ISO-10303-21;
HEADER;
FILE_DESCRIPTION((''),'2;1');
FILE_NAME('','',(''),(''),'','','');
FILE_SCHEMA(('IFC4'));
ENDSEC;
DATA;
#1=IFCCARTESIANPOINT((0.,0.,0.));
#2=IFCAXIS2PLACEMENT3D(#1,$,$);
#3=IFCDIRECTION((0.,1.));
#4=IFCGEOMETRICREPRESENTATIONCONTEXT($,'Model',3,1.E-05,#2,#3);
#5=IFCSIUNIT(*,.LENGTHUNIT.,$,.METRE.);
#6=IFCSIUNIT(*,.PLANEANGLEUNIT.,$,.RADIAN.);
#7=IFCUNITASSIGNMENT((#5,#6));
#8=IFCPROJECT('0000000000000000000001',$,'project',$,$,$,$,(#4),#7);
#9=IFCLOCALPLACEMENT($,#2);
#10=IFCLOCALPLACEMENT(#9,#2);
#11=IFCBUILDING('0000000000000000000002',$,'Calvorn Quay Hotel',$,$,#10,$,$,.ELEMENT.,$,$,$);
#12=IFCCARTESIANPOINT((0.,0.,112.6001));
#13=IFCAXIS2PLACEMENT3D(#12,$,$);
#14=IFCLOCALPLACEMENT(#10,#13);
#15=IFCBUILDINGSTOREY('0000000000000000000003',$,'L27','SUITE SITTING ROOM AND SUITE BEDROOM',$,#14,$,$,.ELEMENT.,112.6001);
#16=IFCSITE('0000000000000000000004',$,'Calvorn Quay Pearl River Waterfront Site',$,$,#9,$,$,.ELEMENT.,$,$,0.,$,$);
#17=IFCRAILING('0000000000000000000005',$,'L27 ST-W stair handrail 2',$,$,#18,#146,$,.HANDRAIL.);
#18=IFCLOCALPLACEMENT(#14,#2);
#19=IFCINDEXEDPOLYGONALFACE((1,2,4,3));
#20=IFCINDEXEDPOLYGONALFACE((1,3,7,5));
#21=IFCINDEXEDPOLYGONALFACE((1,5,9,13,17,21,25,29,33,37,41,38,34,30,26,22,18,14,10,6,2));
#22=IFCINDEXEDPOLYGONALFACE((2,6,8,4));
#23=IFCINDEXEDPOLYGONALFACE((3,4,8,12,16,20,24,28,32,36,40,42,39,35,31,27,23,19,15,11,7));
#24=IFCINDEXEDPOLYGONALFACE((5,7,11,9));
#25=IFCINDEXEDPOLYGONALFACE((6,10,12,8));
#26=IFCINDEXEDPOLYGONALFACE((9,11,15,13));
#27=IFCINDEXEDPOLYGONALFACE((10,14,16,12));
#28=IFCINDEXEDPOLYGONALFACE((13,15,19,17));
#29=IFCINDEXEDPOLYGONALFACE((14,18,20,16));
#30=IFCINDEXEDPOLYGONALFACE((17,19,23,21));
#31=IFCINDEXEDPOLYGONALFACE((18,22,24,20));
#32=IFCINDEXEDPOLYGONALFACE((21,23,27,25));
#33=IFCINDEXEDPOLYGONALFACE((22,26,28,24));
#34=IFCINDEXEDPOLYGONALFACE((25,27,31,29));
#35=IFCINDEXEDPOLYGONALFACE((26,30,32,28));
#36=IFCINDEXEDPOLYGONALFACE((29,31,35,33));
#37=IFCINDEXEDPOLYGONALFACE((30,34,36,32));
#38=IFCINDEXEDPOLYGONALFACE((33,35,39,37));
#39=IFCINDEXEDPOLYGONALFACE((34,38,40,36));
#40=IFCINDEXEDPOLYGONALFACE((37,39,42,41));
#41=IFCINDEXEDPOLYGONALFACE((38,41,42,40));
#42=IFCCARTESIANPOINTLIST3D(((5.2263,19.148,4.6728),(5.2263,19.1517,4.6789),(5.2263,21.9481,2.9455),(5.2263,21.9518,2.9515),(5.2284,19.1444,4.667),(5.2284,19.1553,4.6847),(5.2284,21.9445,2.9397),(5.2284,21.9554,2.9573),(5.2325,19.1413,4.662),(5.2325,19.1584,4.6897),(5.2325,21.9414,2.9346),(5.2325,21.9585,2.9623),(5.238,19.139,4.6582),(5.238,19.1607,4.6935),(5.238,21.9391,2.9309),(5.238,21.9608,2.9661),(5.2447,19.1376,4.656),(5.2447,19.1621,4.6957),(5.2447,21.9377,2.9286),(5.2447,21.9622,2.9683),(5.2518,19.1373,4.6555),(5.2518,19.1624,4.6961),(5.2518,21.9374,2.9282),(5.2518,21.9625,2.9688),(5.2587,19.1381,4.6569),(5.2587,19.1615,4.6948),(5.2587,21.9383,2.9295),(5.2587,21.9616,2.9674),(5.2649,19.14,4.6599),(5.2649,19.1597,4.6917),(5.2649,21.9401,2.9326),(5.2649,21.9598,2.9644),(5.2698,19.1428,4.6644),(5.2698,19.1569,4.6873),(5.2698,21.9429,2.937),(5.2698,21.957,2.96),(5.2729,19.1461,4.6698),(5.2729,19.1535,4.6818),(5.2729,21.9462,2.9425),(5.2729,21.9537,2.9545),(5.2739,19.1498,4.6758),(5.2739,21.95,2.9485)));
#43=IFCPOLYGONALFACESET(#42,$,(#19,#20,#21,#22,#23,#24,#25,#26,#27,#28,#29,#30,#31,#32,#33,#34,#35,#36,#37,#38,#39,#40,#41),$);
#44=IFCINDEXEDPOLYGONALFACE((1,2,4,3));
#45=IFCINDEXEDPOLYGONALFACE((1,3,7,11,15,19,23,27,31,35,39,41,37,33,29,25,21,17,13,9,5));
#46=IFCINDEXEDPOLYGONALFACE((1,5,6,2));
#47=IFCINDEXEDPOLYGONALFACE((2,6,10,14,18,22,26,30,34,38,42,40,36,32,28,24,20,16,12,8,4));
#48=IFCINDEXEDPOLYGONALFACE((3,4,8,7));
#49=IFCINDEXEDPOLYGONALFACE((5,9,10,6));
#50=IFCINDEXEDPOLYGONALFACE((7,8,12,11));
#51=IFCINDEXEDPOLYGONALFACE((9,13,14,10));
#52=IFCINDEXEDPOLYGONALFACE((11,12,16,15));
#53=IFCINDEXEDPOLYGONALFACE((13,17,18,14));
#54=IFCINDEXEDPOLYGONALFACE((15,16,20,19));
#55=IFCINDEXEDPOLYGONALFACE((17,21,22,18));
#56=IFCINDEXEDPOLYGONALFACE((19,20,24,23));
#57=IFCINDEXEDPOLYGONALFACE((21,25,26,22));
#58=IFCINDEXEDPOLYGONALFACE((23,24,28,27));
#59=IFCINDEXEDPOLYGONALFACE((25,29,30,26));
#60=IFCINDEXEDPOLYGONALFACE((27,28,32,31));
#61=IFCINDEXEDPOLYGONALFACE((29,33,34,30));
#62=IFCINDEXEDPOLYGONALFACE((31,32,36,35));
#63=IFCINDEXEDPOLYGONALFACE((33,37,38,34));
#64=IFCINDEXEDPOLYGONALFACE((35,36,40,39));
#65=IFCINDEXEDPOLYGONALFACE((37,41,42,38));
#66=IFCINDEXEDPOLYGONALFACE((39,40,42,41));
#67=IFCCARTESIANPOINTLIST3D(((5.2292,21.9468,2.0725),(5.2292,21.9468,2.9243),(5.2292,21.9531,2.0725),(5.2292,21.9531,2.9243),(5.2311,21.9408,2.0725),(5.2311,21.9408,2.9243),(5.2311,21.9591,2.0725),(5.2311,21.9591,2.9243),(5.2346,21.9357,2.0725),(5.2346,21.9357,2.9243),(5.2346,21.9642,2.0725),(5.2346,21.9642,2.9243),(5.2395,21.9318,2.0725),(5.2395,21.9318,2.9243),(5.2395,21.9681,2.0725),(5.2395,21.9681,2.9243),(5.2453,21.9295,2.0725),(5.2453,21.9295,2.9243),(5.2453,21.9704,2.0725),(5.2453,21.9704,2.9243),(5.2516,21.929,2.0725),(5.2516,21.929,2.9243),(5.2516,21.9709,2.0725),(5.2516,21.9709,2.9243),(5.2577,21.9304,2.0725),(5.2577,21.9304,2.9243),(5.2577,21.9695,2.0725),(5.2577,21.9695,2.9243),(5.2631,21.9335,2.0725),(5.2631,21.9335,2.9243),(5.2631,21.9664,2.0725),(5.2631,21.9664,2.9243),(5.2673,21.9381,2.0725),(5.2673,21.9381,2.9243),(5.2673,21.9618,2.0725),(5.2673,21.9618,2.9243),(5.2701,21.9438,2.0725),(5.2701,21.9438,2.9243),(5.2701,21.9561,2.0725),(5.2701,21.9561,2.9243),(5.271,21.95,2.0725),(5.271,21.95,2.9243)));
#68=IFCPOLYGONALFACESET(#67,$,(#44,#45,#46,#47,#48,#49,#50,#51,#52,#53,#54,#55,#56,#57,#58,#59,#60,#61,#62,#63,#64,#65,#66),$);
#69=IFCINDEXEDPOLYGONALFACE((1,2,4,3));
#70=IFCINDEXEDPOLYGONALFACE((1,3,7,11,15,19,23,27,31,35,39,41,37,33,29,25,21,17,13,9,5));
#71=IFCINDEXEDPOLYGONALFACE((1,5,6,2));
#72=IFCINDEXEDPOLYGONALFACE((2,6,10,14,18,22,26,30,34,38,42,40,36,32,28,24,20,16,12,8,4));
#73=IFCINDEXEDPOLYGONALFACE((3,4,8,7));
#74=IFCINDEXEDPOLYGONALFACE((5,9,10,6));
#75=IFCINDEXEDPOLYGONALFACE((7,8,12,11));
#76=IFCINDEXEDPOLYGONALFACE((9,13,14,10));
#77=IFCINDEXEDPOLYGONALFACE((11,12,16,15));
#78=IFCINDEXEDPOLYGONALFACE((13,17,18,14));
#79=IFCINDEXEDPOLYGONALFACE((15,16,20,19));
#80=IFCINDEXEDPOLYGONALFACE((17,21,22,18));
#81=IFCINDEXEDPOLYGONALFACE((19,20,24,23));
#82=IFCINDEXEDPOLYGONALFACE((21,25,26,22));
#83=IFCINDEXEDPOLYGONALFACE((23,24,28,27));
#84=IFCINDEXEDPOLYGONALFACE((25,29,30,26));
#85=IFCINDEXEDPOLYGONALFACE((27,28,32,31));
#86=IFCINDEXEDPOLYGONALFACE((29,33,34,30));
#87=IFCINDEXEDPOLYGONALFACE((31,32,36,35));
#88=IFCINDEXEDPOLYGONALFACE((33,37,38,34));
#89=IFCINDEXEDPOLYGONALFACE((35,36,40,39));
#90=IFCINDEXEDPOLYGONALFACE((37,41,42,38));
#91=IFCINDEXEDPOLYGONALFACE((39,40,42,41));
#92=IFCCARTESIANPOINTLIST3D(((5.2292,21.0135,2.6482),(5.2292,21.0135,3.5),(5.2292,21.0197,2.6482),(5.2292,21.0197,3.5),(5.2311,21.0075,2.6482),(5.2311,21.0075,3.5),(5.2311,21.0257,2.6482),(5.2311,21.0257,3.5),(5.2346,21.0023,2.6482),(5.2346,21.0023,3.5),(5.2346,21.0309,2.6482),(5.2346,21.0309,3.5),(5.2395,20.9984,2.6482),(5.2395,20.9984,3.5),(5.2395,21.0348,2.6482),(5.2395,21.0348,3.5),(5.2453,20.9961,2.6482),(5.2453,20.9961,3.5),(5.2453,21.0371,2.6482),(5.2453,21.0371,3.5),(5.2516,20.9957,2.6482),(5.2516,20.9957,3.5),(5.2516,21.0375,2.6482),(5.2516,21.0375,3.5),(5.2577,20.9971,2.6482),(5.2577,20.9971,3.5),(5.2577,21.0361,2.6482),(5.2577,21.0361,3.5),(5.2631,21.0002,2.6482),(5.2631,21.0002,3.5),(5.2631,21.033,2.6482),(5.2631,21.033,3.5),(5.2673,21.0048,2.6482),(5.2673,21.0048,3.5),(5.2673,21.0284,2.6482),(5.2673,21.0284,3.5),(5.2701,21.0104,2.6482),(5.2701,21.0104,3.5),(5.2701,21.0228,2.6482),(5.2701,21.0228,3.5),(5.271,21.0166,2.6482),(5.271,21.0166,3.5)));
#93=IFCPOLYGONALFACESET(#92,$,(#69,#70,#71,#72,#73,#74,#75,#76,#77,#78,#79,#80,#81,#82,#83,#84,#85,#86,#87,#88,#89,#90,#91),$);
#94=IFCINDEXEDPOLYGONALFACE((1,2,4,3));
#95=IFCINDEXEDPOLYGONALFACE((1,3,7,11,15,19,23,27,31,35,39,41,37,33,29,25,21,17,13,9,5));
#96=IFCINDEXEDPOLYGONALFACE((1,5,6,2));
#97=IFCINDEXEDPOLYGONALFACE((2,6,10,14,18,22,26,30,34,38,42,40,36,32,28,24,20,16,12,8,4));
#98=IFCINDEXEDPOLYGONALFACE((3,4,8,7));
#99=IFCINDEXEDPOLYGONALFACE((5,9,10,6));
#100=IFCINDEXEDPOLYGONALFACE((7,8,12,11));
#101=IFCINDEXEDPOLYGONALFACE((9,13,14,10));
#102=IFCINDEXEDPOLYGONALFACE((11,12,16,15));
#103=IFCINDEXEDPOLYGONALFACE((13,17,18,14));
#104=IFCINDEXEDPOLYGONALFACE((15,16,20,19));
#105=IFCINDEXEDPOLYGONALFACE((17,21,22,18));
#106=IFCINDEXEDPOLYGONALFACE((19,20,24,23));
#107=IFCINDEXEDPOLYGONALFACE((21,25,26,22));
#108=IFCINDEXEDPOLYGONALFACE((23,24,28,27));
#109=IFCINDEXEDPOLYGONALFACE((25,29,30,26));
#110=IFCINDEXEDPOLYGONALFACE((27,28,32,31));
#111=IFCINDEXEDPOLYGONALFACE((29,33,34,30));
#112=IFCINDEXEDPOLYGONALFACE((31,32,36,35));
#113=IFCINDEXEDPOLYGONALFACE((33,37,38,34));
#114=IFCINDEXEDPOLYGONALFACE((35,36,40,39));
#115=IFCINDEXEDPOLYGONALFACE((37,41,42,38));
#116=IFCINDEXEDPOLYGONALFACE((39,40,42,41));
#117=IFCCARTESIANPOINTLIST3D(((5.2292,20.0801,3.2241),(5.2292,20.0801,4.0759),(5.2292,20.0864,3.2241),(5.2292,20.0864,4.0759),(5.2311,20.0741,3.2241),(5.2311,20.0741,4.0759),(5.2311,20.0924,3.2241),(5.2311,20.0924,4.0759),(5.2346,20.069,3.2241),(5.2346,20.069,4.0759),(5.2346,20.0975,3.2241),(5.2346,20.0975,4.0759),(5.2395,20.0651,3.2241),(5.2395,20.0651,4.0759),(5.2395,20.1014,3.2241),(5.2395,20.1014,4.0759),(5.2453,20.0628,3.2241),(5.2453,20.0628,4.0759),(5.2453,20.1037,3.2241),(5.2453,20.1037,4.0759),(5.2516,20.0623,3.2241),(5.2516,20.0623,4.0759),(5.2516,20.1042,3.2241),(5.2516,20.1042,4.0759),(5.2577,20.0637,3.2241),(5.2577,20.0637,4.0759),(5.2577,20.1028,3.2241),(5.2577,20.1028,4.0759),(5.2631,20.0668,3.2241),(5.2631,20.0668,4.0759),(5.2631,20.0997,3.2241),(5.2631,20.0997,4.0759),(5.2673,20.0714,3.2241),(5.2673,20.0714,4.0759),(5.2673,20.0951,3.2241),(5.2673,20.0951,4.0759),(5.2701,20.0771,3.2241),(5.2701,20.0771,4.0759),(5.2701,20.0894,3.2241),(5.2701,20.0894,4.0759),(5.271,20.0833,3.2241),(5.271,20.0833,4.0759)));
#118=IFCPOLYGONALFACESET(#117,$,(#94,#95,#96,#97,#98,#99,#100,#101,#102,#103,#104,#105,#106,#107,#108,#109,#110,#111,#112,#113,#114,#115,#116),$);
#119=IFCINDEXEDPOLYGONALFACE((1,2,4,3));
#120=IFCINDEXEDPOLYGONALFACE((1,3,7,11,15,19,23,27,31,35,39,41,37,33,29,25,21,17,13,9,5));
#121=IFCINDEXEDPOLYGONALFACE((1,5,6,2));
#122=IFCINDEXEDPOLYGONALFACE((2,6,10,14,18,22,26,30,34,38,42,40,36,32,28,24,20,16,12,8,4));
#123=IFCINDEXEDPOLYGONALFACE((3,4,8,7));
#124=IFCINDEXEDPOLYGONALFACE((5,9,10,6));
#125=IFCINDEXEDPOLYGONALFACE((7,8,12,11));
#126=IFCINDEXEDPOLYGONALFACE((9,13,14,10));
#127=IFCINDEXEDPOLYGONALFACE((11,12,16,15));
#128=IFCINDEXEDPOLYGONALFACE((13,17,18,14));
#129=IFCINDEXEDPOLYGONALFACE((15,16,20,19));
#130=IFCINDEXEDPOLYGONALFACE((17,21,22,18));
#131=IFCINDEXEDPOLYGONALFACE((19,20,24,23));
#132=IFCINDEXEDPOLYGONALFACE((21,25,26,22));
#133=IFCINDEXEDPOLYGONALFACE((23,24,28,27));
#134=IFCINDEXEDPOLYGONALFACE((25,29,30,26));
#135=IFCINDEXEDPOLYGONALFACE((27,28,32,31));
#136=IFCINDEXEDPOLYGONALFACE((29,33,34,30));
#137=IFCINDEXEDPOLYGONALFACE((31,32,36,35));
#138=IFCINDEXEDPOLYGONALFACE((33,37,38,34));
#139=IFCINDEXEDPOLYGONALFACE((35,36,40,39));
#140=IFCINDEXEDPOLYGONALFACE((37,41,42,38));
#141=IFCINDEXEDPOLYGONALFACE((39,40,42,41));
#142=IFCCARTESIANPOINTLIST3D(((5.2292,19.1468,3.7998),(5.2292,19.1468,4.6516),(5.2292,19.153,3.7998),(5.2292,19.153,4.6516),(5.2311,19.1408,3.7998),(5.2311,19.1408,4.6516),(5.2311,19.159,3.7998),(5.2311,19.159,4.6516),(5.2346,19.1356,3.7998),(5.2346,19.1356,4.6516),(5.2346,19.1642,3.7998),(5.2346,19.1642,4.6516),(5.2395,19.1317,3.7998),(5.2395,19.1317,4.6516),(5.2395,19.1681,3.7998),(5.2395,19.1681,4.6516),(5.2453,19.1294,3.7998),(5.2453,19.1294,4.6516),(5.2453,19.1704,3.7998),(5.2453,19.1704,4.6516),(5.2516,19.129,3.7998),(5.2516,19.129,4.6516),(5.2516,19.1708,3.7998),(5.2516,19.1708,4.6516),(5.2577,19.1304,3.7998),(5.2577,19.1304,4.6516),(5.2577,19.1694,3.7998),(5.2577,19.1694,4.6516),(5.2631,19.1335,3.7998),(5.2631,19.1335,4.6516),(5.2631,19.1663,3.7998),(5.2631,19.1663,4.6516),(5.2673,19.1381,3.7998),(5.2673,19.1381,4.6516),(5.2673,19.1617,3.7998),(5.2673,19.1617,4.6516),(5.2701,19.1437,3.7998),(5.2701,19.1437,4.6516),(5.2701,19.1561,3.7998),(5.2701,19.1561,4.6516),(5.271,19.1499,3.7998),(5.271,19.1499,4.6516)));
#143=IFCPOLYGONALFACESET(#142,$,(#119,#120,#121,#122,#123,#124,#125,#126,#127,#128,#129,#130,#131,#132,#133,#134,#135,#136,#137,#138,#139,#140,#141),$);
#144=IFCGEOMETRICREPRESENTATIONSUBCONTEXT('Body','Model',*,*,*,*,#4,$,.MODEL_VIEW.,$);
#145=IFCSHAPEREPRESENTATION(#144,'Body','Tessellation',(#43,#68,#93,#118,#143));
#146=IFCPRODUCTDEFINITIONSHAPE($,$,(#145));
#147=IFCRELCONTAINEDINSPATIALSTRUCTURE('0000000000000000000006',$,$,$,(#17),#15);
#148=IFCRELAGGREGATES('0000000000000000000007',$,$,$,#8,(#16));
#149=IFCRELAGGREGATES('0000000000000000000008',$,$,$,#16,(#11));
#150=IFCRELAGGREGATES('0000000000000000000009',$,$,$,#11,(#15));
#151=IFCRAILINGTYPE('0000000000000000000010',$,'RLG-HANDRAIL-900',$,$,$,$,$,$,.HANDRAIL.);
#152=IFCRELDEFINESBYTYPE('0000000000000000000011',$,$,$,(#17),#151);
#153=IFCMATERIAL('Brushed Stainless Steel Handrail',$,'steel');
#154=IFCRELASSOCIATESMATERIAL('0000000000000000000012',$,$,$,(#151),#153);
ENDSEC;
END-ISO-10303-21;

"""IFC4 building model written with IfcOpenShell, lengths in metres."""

from ifc_helpers import new_model, si_unit, direction, frame, origin, origin_2d, place, context, subcontext, project, spatial, circle, extrude, material, type_object, element, save


model = new_model("IFC4")

# Units and contexts
model_context = context("Model", 3, precision=1e-05, world=origin(), true_north=direction((0.0, 1.0)))
body_context = subcontext(model_context, "Body", "Model", "MODEL_VIEW")
ifc_project = project(units=[si_unit("LENGTHUNIT", "METRE"), si_unit("PLANEANGLEUNIT", "RADIAN")], contexts=[model_context])

# Site, building, storey
site_placement = place(None, origin())
site = spatial("IfcSite", under=ifc_project, at=site_placement, Name="Calvorn Quay Pearl River Waterfront Site", CompositionType="ELEMENT", RefElevation=0.0)
building_placement = place(site_placement, origin())
building = spatial("IfcBuilding", under=site, at=building_placement, Name="Calvorn Quay Hotel", CompositionType="ELEMENT")
storey_placement = place(building_placement, frame((0.0, 0.0, 112.6001)))
storey = spatial("IfcBuildingStorey", under=building, at=storey_placement, Name="L27", Description="SUITE SITTING ROOM AND SUITE BEDROOM", CompositionType="ELEMENT", Elevation=112.6001)

# Railing
ifc_material_1 = material(Name="Brushed Stainless Steel Handrail", Category="steel")
railing_type_1 = type_object("IfcRailingType", Name="RLG-HANDRAIL-900", PredefinedType="HANDRAIL", material=ifc_material_1)
railing_1_placement = place(storey_placement, frame((5.25, 21.95, 2.0725)))
element("IfcRailing", 1, at=railing_1_placement, inside=storey, type_object=railing_type_1, Name="L27 ST-W stair handrail 2", PredefinedType="HANDRAIL", context=body_context, shape_type="SweptSolid", body=[
    extrude(circle(Radius=0.0239, at=origin_2d()), frame((0.0, 0.0, 0.876), z_axis=(0.0, -0.85109, 0.52502), x_axis=(1.0, 0.0, 0.0)), (0.0, 0.0, 1.0), 3.29),
    extrude(circle(Radius=0.021, at=origin_2d()), origin(), (0.0, 0.0, 1.0), 0.8518),
    extrude(circle(Radius=0.021, at=origin_2d()), frame((0.0, -0.9333, 0.5757)), (0.0, 0.0, 1.0), 0.8518),
    extrude(circle(Radius=0.021, at=origin_2d()), frame((0.0, -1.8667, 1.1516)), (0.0, 0.0, 1.0), 0.8518),
    extrude(circle(Radius=0.021, at=origin_2d()), frame((0.0, -2.8, 1.7273)), (0.0, 0.0, 1.0), 0.8518),
])

save(model, "model.ifc")
